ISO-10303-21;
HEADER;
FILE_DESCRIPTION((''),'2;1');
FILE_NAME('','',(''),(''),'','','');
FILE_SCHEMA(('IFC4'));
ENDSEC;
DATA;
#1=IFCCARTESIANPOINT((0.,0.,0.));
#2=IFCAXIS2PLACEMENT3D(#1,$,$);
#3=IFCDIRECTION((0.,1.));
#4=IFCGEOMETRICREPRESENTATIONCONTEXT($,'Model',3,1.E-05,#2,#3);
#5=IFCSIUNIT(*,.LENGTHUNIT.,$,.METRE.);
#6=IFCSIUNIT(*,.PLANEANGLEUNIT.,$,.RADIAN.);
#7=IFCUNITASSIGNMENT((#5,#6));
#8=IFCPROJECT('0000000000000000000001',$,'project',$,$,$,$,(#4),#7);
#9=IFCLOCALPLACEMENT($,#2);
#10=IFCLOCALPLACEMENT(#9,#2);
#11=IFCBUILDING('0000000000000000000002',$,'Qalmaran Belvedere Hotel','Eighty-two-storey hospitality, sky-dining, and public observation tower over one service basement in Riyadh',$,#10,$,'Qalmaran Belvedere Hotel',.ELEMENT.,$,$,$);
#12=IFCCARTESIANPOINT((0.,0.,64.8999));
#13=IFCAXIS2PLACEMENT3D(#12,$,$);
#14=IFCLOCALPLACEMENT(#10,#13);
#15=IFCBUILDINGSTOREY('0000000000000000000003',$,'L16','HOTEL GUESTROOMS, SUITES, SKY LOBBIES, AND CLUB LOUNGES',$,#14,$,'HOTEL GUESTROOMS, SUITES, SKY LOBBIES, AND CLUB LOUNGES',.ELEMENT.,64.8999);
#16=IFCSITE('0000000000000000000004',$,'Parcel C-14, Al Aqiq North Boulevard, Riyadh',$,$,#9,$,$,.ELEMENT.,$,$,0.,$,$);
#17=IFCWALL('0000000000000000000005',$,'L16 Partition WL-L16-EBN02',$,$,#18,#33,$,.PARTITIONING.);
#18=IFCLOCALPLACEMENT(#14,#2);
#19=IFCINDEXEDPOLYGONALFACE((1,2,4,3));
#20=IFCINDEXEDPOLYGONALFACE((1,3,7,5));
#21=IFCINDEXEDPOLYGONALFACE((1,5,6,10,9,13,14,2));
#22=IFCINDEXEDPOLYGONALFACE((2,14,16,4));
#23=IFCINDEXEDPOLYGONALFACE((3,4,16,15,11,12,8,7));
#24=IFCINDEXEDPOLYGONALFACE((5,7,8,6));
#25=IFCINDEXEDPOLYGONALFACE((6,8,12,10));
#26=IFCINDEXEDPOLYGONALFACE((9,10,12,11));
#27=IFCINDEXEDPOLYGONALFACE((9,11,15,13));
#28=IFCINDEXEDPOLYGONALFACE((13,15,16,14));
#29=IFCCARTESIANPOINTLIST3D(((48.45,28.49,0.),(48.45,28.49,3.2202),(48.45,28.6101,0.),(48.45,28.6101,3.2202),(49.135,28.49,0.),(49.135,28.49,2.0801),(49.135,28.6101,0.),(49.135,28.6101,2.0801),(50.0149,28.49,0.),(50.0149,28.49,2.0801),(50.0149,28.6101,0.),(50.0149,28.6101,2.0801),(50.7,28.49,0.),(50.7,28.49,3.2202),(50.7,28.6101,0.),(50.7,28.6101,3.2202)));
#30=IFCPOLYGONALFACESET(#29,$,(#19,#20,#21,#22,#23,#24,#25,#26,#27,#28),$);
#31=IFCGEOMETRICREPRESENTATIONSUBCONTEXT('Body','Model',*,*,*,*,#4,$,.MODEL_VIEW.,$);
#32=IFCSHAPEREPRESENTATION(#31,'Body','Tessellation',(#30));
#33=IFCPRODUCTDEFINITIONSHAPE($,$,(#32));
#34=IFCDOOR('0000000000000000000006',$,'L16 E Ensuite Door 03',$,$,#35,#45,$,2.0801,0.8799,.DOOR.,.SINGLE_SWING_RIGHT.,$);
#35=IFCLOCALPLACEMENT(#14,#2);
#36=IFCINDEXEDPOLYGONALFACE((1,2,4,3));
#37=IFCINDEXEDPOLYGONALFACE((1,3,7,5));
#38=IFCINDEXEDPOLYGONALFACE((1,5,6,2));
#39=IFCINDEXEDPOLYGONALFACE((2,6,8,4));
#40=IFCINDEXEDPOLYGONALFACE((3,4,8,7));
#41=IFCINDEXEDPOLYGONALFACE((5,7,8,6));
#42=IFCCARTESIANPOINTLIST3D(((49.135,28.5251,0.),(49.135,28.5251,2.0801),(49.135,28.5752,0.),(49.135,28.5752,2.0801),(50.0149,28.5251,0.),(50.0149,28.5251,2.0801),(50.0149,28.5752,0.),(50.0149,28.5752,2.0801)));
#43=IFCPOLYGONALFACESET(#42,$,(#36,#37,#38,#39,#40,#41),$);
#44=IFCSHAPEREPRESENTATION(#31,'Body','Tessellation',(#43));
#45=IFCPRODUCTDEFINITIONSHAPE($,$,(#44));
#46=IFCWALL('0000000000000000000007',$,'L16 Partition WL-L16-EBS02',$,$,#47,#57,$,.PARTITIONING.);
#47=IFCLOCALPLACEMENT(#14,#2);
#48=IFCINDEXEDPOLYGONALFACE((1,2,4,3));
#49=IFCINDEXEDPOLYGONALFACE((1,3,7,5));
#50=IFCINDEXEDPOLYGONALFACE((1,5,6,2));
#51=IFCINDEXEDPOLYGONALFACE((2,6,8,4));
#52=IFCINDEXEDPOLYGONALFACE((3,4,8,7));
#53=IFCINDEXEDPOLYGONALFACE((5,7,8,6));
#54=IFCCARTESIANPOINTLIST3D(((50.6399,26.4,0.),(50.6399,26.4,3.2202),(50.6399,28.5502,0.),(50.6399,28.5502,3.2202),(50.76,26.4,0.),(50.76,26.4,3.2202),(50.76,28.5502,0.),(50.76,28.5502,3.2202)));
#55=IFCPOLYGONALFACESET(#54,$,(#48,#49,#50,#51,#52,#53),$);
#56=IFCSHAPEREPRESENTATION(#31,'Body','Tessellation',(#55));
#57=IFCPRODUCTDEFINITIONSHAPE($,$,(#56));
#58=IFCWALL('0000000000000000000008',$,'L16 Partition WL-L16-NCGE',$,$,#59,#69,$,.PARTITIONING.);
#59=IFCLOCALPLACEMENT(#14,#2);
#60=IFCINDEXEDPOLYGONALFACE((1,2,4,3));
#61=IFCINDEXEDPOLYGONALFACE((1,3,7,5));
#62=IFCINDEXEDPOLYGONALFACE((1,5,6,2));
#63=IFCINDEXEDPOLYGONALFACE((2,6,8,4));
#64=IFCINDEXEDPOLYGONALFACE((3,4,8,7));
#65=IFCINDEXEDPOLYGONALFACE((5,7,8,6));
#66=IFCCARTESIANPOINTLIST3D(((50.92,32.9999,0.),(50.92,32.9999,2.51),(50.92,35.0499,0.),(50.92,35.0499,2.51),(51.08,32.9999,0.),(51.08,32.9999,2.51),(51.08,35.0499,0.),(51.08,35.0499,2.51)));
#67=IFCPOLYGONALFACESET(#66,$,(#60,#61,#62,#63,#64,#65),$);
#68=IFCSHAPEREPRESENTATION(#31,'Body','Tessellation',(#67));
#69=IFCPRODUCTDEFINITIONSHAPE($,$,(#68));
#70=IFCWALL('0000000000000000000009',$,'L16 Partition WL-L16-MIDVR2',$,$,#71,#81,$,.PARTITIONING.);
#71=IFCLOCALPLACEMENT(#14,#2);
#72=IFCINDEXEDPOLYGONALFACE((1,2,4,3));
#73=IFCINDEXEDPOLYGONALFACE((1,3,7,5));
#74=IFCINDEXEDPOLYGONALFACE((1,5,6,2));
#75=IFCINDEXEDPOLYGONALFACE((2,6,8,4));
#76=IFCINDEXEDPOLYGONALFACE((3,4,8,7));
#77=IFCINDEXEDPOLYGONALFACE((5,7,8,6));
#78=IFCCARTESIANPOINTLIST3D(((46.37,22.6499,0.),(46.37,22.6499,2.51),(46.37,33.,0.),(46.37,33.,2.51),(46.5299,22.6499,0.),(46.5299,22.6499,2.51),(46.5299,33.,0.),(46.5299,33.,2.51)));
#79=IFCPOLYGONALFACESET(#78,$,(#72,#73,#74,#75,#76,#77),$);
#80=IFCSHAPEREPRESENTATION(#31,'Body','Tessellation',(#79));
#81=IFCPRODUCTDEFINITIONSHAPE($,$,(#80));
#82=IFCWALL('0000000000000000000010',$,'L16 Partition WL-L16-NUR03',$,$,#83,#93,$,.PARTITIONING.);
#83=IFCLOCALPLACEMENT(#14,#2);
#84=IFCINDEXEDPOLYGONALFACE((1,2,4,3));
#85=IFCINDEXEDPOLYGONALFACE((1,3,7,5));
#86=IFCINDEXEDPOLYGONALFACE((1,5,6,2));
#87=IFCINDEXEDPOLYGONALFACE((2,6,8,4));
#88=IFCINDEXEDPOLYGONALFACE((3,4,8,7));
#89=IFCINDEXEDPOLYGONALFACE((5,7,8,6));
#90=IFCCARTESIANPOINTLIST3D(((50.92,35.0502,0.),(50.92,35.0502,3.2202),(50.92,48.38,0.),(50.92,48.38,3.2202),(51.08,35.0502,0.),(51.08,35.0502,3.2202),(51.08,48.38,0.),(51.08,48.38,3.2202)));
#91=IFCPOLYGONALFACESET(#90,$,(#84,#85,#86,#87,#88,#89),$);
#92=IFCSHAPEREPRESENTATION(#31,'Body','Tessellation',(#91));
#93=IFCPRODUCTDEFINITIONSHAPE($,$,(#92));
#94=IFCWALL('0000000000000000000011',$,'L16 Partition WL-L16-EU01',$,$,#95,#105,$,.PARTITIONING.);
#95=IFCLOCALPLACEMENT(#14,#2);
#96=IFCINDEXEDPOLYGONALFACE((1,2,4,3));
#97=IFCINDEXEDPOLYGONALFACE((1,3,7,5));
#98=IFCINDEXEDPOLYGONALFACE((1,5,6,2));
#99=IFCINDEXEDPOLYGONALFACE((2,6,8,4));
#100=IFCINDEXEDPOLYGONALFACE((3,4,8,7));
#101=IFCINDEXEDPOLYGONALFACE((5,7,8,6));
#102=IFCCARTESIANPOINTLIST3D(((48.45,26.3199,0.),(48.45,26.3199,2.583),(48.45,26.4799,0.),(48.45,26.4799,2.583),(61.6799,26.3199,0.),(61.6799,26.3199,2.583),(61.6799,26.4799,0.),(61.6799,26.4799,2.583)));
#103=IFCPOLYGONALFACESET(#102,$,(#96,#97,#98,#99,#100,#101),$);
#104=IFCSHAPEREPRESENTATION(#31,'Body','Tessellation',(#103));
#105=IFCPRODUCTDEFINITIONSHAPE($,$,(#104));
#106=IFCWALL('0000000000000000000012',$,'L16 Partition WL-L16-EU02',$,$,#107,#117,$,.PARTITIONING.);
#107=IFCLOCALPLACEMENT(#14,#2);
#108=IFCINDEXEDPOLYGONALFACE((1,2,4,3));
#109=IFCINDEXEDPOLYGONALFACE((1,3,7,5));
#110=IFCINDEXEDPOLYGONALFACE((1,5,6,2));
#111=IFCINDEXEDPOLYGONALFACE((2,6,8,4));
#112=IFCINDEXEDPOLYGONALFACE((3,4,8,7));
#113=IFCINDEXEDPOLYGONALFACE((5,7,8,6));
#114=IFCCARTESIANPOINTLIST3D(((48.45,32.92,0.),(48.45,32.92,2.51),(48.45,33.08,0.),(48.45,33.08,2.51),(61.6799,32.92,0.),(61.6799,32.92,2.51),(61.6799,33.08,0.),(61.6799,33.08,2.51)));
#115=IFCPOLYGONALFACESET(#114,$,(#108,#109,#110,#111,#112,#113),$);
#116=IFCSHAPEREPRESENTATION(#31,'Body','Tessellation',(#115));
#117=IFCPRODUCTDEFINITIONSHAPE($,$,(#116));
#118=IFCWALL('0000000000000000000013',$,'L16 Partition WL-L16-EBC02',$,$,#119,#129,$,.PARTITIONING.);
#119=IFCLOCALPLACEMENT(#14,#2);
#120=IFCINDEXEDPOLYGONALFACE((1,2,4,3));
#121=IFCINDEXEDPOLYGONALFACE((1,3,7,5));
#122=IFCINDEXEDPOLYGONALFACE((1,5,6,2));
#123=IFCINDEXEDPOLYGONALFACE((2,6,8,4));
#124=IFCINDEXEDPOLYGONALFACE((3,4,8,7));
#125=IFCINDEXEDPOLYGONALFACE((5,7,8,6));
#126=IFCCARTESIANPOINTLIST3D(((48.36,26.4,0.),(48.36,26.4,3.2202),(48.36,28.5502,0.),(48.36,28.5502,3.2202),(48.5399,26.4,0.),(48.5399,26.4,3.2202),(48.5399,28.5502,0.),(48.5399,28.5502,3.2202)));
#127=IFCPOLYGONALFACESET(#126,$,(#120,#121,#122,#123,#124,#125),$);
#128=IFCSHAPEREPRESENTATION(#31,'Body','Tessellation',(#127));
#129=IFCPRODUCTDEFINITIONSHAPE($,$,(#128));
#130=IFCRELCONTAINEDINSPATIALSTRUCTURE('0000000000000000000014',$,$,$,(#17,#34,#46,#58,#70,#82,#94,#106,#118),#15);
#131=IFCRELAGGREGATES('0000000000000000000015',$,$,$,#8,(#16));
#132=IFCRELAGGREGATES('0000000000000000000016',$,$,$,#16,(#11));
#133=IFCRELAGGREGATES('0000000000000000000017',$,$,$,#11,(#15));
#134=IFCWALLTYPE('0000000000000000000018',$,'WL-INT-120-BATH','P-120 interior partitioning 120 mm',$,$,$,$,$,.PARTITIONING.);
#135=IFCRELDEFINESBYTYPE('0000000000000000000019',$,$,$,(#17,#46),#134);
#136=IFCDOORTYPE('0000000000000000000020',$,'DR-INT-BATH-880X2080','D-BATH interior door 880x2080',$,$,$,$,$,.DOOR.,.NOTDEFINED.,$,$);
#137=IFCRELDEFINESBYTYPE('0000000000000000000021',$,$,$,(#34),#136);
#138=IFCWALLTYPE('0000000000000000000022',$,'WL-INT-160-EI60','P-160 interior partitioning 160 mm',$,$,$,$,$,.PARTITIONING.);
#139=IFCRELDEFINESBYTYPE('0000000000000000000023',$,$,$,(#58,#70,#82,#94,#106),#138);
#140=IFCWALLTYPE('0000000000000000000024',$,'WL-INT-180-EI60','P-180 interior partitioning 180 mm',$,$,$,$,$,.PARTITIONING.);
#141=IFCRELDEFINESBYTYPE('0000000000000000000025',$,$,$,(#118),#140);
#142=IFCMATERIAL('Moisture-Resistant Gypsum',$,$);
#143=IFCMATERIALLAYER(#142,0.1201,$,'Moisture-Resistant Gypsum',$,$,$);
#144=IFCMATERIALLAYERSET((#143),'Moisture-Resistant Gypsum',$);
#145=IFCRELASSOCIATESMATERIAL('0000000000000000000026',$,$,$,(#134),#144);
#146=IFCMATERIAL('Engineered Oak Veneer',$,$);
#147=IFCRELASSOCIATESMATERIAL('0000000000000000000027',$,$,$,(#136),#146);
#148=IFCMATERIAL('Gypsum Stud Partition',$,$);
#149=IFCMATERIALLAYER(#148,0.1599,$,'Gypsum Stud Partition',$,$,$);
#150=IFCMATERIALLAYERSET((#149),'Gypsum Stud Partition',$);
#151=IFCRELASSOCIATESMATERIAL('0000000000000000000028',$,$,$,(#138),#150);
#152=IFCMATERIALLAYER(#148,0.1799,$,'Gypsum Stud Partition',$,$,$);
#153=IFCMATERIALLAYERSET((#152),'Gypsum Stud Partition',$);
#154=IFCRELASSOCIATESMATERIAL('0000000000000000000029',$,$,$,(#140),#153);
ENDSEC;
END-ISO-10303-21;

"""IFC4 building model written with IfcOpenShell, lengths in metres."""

from ifc_helpers import new_model, si_unit, direction, frame, frame_2d, origin, place, context, subcontext, project, spatial, rectangle, extrude, material, layer, layer_set, type_object, element, fill, save


model = new_model("IFC4")

# Units and contexts
model_context = context("Model", 3, precision=1e-05, world=origin(), true_north=direction((0.0, 1.0)))
body_context = subcontext(model_context, "Body", "Model", "MODEL_VIEW")
ifc_project = project(units=[si_unit("LENGTHUNIT", "METRE"), si_unit("PLANEANGLEUNIT", "RADIAN")], contexts=[model_context])

# Site, building, storey
site_placement = place(None, origin())
site = spatial("IfcSite", under=ifc_project, at=site_placement, Name="Parcel C-14, Al Aqiq North Boulevard, Riyadh", CompositionType="ELEMENT", RefElevation=0.0)
building_placement = place(site_placement, origin())
building = spatial("IfcBuilding", under=site, at=building_placement, Name="Qalmaran Belvedere Hotel", Description="Eighty-two-storey hospitality, sky-dining, and public observation tower over one service basement in Riyadh", LongName="Qalmaran Belvedere Hotel", CompositionType="ELEMENT")
storey_placement = place(building_placement, frame((0.0, 0.0, 64.8999)))
storey = spatial("IfcBuildingStorey", under=building, at=storey_placement, Name="L16", Description="HOTEL GUESTROOMS, SUITES, SKY LOBBIES, AND CLUB LOUNGES", LongName="HOTEL GUESTROOMS, SUITES, SKY LOBBIES, AND CLUB LOUNGES", CompositionType="ELEMENT", Elevation=64.8999)

# Wall, opening, door
ifc_material_1 = material(Name="Moisture-Resistant Gypsum")
ifc_layer_1 = layer(ifc_material_1, 0.1201, Name="Moisture-Resistant Gypsum")
ifc_layer_set_1 = layer_set([ifc_layer_1], Name="Moisture-Resistant Gypsum")
wall_type_1 = type_object("IfcWallType", Name="WL-INT-120-BATH", Description="P-120 interior partitioning 120 mm", PredefinedType="PARTITIONING", material=ifc_layer_set_1)
ifc_material_2 = material(Name="Engineered Oak Veneer")
door_type_1 = type_object("IfcDoorType", Name="DR-INT-BATH-880X2080", Description="D-BATH interior door 880x2080", OperationType="NOTDEFINED", PredefinedType="DOOR", material=ifc_material_2)
wall_1_placement = place(storey_placement, frame((48.45, 28.55, 0.0), z_axis=(0.0, 0.0, 1.0), x_axis=(1.0, 0.0, 0.0)))
wall_1 = element("IfcWall", 1, at=wall_1_placement, inside=storey, type_object=wall_type_1, Name="L16 Partition WL-L16-EBN02", PredefinedType="PARTITIONING", context=body_context, shape_type="SweptSolid", body=[
    extrude(rectangle(XDim=2.25, YDim=0.1201, at=frame_2d((1.125, 0.0))), origin(), (0.0, 0.0, 1.0), 3.2202),
])
opening_1_placement = place(wall_1_placement, frame((1.5649, 0.0, 0.0), z_axis=(0.0, 0.0, 1.0), x_axis=(-1.0, 0.0, 0.0)))
opening_1 = element("IfcOpeningElement", 2, at=opening_1_placement, cuts=wall_1, PredefinedType="OPENING", context=body_context, shape_type="SweptSolid", body=[
    extrude(rectangle(XDim=0.8799, YDim=2.0801, at=frame_2d((0.4399, 1.04))), frame((0.0, 0.0701, 0.0), z_axis=(0.0, -1.0, 0.0), x_axis=(1.0, 0.0, 0.0)), (0.0, 0.0, 1.0), 0.1401),
])
door_1_placement = place(opening_1_placement, origin())
door_1 = element("IfcDoor", 3, at=door_1_placement, inside=storey, type_object=door_type_1, Name="L16 E Ensuite Door 03", OperationType="SINGLE_SWING_RIGHT", OverallHeight=2.0801, OverallWidth=0.8799, PredefinedType="DOOR", context=body_context, shape_type="SweptSolid", body=[
    extrude(rectangle(XDim=0.8799, YDim=2.0801, at=frame_2d((0.4399, 1.04))), frame((0.0, 0.0249, 0.0), z_axis=(0.0, -1.0, 0.0), x_axis=(1.0, 0.0, 0.0)), (0.0, 0.0, 1.0), 0.05),
])
fill(opening_1, door_1)

# Wall
wall_2_placement = place(storey_placement, frame((50.7, 26.3999, 0.0), z_axis=(0.0, 0.0, 1.0), x_axis=(0.0, 1.0, 0.0)))
element("IfcWall", 4, at=wall_2_placement, inside=storey, type_object=wall_type_1, Name="L16 Partition WL-L16-EBS02", PredefinedType="PARTITIONING", context=body_context, shape_type="SweptSolid", body=[
    extrude(rectangle(XDim=2.1501, YDim=0.1201, at=frame_2d((1.0752, 0.0))), origin(), (0.0, 0.0, 1.0), 3.2202),
])

# Shared definitions
ifc_material_3 = material(Name="Gypsum Stud Partition")

# Walls
ifc_layer_2 = layer(ifc_material_3, 0.1599, Name="Gypsum Stud Partition")
ifc_layer_set_2 = layer_set([ifc_layer_2], Name="Gypsum Stud Partition")
wall_type_2 = type_object("IfcWallType", Name="WL-INT-160-EI60", Description="P-160 interior partitioning 160 mm", PredefinedType="PARTITIONING", material=ifc_layer_set_2)
wall_3_placement = place(storey_placement, frame((51.0, 33.0, 0.0), z_axis=(0.0, 0.0, 1.0), x_axis=(0.0, 1.0, 0.0)))
element("IfcWall", 5, at=wall_3_placement, inside=storey, type_object=wall_type_2, Name="L16 Partition WL-L16-NCGE", PredefinedType="PARTITIONING", context=body_context, shape_type="SweptSolid", body=[
    extrude(rectangle(XDim=2.05, YDim=0.1599, at=frame_2d((1.0249, 0.0))), origin(), (0.0, 0.0, 1.0), 2.51),
])
wall_4_placement = place(storey_placement, frame((46.45, 22.6499, 0.0), z_axis=(0.0, 0.0, 1.0), x_axis=(0.0, 1.0, 0.0)))
element("IfcWall", 6, at=wall_4_placement, inside=storey, type_object=wall_type_2, Name="L16 Partition WL-L16-MIDVR2", PredefinedType="PARTITIONING", context=body_context, shape_type="SweptSolid", body=[
    extrude(rectangle(XDim=10.3501, YDim=0.1599, at=frame_2d((5.175, 0.0))), origin(), (0.0, 0.0, 1.0), 2.51),
])
wall_5_placement = place(storey_placement, frame((51.0, 35.05, 0.0), z_axis=(0.0, 0.0, 1.0), x_axis=(0.0, 1.0, 0.0)))
element("IfcWall", 7, at=wall_5_placement, inside=storey, type_object=wall_type_2, Name="L16 Partition WL-L16-NUR03", PredefinedType="PARTITIONING", context=body_context, shape_type="SweptSolid", body=[
    extrude(rectangle(XDim=13.3298, YDim=0.1599, at=frame_2d((6.665, 0.0))), origin(), (0.0, 0.0, 1.0), 3.2202),
])
wall_6_placement = place(storey_placement, frame((48.45, 26.3999, 0.0), z_axis=(0.0, 0.0, 1.0), x_axis=(1.0, 0.0, 0.0)))
element("IfcWall", 8, at=wall_6_placement, inside=storey, type_object=wall_type_2, Name="L16 Partition WL-L16-EU01", PredefinedType="PARTITIONING", context=body_context, shape_type="SweptSolid", body=[
    extrude(rectangle(XDim=13.23, YDim=0.1599, at=frame_2d((6.615, 0.0))), origin(), (0.0, 0.0, 1.0), 2.583),
])
wall_7_placement = place(storey_placement, frame((48.45, 33.0, 0.0), z_axis=(0.0, 0.0, 1.0), x_axis=(1.0, 0.0, 0.0)))
element("IfcWall", 9, at=wall_7_placement, inside=storey, type_object=wall_type_2, Name="L16 Partition WL-L16-EU02", PredefinedType="PARTITIONING", context=body_context, shape_type="SweptSolid", body=[
    extrude(rectangle(XDim=13.23, YDim=0.1599, at=frame_2d((6.615, 0.0))), origin(), (0.0, 0.0, 1.0), 2.51),
])

# Shared definitions
ifc_layer_3 = layer(ifc_material_3, 0.1799, Name="Gypsum Stud Partition")
ifc_layer_set_3 = layer_set([ifc_layer_3], Name="Gypsum Stud Partition")
wall_type_3 = type_object("IfcWallType", Name="WL-INT-180-EI60", Description="P-180 interior partitioning 180 mm", PredefinedType="PARTITIONING", material=ifc_layer_set_3)

# Wall
wall_8_placement = place(storey_placement, frame((48.45, 26.3999, 0.0), z_axis=(0.0, 0.0, 1.0), x_axis=(0.0, 1.0, 0.0)))
element("IfcWall", 10, at=wall_8_placement, inside=storey, type_object=wall_type_3, Name="L16 Partition WL-L16-EBC02", PredefinedType="PARTITIONING", context=body_context, shape_type="SweptSolid", body=[
    extrude(rectangle(XDim=2.1501, YDim=0.1799, at=frame_2d((1.0752, 0.0))), origin(), (0.0, 0.0, 1.0), 3.2202),
])

save(model, "model.ifc")
